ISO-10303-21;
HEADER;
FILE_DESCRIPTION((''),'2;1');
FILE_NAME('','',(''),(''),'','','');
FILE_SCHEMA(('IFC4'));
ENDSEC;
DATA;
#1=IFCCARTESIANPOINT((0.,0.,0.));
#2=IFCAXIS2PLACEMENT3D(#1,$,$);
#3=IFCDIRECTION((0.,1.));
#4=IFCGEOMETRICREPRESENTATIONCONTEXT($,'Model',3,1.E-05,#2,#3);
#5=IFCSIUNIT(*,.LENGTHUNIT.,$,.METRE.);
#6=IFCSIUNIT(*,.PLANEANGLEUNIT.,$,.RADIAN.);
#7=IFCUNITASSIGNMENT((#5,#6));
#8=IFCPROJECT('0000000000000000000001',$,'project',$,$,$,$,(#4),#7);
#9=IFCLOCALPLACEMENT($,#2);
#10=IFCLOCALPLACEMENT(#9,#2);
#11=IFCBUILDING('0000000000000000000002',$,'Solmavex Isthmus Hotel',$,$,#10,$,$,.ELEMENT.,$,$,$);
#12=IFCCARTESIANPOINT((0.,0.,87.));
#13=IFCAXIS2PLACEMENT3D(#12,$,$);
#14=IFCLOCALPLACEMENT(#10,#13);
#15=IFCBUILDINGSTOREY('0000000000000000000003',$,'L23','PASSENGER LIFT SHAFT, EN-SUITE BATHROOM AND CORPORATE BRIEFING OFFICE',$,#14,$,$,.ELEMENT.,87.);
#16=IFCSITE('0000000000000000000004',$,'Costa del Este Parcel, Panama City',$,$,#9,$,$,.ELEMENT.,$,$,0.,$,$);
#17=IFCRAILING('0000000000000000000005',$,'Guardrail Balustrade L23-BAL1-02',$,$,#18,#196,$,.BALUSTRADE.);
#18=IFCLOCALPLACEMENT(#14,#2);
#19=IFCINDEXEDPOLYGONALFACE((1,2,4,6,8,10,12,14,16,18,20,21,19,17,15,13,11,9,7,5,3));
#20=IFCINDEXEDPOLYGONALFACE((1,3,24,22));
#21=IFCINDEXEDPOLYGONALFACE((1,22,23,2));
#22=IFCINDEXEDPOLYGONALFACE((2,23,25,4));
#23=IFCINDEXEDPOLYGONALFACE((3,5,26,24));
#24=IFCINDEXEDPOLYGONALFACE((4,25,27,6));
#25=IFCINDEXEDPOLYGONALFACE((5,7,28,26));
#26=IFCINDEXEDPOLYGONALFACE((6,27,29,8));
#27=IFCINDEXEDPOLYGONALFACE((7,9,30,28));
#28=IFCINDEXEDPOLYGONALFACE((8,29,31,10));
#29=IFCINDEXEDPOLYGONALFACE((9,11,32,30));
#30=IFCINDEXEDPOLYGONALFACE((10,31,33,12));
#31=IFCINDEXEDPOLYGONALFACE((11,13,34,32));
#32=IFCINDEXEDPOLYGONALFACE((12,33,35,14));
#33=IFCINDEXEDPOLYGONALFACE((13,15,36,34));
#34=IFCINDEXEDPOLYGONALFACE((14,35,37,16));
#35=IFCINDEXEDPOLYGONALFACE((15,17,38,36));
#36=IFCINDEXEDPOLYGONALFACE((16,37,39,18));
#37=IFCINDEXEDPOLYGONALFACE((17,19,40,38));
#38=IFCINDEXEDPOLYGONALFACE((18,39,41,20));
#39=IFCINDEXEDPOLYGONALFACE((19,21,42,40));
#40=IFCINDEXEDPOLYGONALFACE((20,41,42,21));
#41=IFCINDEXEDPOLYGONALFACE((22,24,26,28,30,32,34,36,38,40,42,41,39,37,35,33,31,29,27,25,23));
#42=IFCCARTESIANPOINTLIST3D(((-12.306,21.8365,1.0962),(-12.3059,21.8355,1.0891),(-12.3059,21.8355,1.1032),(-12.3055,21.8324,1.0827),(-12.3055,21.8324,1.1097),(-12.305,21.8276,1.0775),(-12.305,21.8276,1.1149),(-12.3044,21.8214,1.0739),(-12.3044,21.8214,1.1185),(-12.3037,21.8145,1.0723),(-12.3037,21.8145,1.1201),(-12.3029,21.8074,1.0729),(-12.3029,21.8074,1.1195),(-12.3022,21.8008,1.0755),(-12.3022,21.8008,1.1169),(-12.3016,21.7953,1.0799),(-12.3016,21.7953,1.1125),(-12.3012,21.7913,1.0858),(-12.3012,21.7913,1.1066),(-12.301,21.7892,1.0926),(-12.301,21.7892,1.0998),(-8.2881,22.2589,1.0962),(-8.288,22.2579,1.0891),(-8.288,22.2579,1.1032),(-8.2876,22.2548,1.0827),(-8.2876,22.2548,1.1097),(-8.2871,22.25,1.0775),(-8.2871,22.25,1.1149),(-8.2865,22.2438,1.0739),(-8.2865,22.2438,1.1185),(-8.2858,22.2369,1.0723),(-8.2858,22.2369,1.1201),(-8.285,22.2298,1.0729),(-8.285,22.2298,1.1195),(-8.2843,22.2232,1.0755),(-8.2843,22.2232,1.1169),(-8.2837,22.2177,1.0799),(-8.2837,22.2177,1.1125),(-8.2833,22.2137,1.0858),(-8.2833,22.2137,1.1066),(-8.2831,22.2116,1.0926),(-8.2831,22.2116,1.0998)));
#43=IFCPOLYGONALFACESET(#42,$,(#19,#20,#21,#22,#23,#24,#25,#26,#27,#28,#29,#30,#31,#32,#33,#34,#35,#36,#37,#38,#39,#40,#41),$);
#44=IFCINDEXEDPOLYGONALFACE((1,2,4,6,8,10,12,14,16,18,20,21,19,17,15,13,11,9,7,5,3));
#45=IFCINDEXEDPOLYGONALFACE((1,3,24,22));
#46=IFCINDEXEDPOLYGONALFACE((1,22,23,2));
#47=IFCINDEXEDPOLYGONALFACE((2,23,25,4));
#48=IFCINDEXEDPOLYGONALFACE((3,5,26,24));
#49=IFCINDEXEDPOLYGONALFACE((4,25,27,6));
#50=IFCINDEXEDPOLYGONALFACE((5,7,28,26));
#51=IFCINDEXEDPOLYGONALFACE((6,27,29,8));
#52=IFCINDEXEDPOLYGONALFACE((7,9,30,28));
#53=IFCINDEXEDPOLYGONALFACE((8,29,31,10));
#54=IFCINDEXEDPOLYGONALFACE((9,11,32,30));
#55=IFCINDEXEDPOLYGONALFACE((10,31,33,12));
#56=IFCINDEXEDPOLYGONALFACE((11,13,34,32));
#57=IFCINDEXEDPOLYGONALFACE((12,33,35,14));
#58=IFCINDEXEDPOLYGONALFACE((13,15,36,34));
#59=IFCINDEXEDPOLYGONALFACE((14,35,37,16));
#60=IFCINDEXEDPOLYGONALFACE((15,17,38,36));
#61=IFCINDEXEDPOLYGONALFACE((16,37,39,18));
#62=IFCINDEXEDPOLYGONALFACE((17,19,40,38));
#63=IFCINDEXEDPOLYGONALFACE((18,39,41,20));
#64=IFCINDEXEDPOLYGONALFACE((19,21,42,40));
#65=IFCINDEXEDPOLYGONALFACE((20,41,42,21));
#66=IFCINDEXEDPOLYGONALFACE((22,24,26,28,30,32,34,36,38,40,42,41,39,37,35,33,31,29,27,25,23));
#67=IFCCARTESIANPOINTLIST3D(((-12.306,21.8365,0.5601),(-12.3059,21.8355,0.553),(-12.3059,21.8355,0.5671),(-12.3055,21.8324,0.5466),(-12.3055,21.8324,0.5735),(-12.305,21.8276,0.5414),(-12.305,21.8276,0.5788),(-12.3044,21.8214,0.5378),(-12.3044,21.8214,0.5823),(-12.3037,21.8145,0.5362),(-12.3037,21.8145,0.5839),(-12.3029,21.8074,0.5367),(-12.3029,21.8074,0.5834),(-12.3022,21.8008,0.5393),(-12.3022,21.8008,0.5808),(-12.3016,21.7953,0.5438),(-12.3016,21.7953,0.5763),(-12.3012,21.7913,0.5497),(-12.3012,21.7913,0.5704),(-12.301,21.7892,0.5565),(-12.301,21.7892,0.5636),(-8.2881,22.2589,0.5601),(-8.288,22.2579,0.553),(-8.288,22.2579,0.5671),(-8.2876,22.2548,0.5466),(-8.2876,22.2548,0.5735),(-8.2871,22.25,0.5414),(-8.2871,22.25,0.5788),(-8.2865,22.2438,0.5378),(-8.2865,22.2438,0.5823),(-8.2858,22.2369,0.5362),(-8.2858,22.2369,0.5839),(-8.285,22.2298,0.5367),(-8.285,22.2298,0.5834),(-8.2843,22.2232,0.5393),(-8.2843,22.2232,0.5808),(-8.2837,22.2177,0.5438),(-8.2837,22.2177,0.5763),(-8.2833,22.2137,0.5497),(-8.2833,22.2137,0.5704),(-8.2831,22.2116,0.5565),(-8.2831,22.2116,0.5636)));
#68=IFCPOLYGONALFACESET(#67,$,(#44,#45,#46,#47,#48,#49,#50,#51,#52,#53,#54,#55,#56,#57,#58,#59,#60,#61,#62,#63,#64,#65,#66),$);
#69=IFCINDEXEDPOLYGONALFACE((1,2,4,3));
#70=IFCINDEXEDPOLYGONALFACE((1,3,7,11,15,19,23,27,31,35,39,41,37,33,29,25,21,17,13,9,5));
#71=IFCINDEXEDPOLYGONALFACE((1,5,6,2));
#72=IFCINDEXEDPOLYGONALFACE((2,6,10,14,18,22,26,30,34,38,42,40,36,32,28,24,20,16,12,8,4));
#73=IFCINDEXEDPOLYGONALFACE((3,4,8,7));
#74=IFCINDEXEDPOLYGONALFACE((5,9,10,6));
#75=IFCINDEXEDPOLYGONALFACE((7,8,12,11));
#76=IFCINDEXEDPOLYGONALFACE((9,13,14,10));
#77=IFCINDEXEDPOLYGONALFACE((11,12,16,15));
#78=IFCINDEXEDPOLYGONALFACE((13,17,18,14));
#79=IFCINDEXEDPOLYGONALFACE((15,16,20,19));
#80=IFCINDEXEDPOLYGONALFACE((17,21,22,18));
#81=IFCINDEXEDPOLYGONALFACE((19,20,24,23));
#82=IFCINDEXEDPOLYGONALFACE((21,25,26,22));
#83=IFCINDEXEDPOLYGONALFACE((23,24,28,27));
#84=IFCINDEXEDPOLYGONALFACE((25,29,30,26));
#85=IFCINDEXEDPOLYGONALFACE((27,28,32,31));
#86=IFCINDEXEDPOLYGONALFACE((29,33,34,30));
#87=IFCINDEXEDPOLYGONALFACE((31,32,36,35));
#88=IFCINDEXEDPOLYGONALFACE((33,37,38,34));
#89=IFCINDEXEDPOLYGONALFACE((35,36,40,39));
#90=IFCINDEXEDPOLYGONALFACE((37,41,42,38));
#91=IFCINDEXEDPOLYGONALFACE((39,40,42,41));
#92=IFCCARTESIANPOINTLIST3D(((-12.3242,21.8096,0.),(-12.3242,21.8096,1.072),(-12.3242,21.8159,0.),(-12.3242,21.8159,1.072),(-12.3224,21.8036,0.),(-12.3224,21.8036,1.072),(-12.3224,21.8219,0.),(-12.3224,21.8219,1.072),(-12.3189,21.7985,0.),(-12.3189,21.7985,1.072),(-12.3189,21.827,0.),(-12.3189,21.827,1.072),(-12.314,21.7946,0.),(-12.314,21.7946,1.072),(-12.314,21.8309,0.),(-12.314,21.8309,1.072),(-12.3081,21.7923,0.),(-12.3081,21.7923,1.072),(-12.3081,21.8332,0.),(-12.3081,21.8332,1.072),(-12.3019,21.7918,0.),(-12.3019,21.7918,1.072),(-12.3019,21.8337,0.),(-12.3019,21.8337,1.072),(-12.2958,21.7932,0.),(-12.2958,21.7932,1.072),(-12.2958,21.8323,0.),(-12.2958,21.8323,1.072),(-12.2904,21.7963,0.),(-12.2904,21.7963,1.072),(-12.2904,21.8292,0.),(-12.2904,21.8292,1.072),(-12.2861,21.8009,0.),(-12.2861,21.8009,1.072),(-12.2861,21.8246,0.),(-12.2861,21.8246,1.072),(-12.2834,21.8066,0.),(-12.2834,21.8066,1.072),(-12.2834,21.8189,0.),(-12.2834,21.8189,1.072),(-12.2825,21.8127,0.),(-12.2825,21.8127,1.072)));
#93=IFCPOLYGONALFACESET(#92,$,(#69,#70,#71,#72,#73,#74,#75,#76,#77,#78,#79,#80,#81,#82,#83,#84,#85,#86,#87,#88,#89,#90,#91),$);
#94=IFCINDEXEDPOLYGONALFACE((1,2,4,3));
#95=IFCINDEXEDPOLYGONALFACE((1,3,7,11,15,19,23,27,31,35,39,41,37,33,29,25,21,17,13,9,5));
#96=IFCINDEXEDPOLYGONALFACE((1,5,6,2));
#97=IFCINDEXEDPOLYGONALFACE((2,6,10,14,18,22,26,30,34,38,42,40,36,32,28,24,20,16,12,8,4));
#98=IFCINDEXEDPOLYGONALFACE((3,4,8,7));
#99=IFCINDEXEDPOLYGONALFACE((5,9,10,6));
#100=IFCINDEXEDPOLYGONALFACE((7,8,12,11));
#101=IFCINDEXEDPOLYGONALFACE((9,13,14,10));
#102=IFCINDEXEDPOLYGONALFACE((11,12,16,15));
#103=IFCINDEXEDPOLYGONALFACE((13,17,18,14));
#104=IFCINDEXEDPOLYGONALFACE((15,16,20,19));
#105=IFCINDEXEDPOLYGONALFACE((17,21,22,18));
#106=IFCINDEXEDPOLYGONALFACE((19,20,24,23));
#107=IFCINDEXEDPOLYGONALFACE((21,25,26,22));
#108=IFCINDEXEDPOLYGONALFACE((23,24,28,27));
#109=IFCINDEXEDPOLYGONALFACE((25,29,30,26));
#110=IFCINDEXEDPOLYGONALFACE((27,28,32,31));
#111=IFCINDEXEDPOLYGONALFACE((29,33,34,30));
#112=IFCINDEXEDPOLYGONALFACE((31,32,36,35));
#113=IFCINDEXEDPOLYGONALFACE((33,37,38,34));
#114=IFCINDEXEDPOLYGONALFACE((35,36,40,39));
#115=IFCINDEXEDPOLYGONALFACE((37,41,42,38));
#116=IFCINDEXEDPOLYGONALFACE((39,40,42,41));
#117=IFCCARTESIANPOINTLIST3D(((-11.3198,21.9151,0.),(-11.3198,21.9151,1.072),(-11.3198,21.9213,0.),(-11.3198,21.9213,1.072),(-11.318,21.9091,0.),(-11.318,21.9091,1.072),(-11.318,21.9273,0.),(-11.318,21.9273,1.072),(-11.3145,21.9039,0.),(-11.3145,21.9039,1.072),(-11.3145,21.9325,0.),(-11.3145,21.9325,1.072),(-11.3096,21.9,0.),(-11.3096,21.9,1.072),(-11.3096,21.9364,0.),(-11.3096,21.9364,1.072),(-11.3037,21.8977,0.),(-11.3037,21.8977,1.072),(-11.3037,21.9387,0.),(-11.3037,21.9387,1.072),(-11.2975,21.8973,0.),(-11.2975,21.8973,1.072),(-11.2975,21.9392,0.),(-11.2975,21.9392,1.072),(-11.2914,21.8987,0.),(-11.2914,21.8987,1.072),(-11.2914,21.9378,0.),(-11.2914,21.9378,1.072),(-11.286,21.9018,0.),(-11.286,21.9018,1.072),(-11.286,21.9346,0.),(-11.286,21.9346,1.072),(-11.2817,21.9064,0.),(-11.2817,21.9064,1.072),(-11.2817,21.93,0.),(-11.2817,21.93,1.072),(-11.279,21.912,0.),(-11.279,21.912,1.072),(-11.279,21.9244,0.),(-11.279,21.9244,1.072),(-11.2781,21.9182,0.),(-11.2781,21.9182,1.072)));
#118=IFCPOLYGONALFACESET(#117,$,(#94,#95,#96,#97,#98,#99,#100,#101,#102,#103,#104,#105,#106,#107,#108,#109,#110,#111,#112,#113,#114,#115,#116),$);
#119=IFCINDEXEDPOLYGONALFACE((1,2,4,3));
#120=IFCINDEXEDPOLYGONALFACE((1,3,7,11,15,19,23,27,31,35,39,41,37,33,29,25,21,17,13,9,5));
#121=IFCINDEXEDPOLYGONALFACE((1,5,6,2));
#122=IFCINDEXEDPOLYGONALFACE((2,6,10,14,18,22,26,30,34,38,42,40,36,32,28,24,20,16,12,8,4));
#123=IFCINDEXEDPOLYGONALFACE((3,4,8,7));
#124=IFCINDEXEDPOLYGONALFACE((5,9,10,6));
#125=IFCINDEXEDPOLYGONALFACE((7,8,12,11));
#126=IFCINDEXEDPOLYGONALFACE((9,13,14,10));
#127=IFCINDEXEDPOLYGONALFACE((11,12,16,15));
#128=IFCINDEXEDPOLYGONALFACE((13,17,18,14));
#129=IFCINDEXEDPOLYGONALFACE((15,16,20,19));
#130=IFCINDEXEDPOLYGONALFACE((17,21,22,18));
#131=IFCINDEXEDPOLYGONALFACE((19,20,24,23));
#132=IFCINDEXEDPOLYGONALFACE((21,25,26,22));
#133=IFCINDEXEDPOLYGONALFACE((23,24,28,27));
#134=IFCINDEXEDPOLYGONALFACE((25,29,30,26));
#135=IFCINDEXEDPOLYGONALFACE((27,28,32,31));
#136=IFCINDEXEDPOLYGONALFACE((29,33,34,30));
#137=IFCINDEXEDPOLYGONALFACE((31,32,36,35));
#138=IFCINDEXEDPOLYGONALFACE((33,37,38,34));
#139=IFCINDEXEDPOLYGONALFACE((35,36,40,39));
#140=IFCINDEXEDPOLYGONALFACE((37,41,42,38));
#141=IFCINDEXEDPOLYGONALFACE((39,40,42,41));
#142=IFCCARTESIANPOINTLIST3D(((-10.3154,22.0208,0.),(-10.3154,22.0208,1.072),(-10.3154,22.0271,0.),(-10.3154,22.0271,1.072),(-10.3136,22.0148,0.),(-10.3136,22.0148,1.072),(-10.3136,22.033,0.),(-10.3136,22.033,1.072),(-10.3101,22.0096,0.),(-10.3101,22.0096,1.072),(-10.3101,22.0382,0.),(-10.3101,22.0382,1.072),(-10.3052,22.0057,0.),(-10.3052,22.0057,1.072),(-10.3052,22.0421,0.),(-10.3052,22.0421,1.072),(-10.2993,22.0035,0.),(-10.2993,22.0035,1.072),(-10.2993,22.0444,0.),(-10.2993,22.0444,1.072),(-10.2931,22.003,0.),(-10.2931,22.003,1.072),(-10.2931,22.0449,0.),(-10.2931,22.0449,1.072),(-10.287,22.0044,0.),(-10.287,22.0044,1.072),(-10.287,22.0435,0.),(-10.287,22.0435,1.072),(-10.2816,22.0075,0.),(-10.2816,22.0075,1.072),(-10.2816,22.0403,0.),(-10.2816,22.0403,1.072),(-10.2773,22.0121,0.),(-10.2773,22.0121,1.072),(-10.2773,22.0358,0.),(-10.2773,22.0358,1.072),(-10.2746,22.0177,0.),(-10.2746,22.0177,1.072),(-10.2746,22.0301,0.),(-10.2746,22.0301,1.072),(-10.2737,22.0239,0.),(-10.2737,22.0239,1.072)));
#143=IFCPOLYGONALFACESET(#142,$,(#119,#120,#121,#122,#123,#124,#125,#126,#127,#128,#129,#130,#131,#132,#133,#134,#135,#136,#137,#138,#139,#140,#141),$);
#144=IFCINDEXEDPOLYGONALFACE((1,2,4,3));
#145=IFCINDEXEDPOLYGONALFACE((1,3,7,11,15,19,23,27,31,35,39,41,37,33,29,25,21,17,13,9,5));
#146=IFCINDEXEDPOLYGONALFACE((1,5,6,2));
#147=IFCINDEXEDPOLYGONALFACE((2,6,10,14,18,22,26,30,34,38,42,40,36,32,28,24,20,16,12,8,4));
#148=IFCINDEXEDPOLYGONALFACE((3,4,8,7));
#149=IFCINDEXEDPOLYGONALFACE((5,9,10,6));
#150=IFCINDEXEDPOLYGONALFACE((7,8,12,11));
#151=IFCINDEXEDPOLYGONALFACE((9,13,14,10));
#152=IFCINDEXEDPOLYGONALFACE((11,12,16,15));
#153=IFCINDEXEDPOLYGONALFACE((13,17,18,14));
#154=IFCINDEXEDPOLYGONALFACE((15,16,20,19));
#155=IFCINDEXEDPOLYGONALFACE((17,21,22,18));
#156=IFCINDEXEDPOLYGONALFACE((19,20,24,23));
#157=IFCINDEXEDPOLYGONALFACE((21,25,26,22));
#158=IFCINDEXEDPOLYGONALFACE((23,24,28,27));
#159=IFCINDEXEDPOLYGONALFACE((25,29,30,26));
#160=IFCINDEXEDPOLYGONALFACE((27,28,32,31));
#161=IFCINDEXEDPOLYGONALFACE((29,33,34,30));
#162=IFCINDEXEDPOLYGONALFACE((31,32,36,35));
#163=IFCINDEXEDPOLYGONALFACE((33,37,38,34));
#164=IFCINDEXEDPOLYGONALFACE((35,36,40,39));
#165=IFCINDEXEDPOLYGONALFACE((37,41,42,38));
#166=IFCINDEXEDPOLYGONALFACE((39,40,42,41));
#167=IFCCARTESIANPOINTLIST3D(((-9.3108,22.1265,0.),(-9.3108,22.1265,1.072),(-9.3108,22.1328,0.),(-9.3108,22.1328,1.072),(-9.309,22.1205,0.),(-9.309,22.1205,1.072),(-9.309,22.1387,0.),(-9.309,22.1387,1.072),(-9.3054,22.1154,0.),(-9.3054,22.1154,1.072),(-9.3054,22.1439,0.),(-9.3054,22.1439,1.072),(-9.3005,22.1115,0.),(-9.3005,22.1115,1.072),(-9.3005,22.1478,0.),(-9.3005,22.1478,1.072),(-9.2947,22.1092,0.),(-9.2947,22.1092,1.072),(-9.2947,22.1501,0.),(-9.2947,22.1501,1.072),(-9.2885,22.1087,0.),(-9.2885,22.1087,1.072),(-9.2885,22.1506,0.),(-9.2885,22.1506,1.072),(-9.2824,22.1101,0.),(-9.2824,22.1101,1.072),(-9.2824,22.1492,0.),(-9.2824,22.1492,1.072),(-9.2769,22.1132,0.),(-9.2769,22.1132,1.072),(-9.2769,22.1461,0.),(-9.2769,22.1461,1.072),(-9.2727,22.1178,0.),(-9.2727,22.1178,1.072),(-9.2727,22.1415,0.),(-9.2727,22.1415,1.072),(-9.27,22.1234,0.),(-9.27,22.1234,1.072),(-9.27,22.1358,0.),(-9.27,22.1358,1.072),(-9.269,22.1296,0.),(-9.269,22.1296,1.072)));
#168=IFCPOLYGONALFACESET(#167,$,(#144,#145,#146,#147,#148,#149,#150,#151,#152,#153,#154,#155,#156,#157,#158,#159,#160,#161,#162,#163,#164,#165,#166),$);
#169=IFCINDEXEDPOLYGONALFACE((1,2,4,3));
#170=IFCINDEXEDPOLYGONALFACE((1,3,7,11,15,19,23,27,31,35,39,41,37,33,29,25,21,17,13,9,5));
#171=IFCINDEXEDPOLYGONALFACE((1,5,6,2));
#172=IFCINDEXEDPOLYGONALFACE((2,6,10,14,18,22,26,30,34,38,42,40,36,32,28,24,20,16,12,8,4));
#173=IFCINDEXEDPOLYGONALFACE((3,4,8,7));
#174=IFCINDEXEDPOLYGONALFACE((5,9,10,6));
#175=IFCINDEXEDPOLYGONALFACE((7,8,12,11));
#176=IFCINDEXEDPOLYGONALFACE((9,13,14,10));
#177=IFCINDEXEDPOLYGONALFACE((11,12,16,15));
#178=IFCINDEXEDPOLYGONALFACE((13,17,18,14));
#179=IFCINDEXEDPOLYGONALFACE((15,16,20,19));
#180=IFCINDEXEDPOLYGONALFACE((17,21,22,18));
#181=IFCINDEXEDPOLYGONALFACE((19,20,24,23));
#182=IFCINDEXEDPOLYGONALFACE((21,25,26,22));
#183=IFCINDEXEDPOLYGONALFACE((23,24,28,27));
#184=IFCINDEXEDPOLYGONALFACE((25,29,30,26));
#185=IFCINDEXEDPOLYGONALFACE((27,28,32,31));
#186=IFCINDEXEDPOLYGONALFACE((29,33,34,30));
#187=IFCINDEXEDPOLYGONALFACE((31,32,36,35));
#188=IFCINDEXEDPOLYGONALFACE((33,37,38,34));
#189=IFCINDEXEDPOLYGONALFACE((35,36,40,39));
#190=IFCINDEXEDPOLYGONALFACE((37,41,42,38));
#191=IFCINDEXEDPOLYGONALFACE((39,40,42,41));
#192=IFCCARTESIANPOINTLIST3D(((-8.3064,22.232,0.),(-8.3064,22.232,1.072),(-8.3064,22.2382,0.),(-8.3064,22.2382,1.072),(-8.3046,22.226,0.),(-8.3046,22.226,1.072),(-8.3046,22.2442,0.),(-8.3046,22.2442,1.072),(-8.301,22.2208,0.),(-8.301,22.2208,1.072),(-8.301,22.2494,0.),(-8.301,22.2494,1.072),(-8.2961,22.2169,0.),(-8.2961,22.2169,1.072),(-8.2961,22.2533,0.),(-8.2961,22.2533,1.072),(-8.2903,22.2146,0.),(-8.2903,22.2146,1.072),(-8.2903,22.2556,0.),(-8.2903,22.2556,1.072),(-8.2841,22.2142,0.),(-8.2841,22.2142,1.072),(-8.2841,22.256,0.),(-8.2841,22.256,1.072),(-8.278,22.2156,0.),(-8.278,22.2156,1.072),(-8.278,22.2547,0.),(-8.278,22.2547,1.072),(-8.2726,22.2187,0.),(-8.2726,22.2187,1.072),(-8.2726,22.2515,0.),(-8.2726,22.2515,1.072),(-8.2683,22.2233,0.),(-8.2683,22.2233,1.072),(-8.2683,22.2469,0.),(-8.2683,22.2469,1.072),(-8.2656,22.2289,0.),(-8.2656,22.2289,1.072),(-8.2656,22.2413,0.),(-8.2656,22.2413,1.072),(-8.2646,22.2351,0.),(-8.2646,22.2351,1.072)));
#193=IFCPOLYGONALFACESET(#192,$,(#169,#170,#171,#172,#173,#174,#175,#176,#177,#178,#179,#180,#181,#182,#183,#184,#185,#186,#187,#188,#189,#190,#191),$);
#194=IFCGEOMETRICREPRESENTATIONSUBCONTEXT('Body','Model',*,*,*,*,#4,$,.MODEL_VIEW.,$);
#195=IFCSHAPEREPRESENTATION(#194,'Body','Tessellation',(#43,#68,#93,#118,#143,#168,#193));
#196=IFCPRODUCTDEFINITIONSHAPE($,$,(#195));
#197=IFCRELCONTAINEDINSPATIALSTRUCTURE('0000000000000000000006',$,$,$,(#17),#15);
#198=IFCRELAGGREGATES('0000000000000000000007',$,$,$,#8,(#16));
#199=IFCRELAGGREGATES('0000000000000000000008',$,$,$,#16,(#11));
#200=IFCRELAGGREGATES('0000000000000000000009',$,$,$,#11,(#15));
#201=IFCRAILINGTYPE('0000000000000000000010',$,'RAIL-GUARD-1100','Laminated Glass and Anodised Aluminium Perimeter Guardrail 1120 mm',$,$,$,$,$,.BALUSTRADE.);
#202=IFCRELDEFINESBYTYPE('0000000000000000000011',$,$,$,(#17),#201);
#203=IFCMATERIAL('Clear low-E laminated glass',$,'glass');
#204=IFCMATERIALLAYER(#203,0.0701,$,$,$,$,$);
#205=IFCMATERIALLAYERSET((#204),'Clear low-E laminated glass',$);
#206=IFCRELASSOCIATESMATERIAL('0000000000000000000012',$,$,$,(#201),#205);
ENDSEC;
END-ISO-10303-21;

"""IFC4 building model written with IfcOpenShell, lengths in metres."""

from ifc_helpers import new_model, si_unit, direction, frame, origin, origin_2d, place, context, subcontext, project, spatial, circle, extrude, material, layer, layer_set, type_object, element, save


model = new_model("IFC4")

# Units and contexts
model_context = context("Model", 3, precision=1e-05, world=origin(), true_north=direction((0.0, 1.0)))
body_context = subcontext(model_context, "Body", "Model", "MODEL_VIEW")
ifc_project = project(units=[si_unit("LENGTHUNIT", "METRE"), si_unit("PLANEANGLEUNIT", "RADIAN")], contexts=[model_context])

# Site, building, storey
site_placement = place(None, origin())
site = spatial("IfcSite", under=ifc_project, at=site_placement, Name="Costa del Este Parcel, Panama City", CompositionType="ELEMENT", RefElevation=0.0)
building_placement = place(site_placement, origin())
building = spatial("IfcBuilding", under=site, at=building_placement, Name="Solmavex Isthmus Hotel", CompositionType="ELEMENT")
storey_placement = place(building_placement, frame((0.0, 0.0, 87.0)))
storey = spatial("IfcBuildingStorey", under=building, at=storey_placement, Name="L23", Description="PASSENGER LIFT SHAFT, EN-SUITE BATHROOM AND CORPORATE BRIEFING OFFICE", CompositionType="ELEMENT", Elevation=87.0)

# Shared definitions
ifc_material_1 = material(Name="Clear low-E laminated glass", Category="glass")

# Railing
ifc_layer_1 = layer(ifc_material_1, 0.0701)
ifc_layer_set_1 = layer_set([ifc_layer_1], Name="Clear low-E laminated glass")
railing_type = type_object("IfcRailingType", Name="RAIL-GUARD-1100", Description="Laminated Glass and Anodised Aluminium Perimeter Guardrail 1120 mm", PredefinedType="BALUSTRADE", material=ifc_layer_set_1)
railing_1_placement = place(storey_placement, frame((-12.3035, 21.8127, 0.0)))
element("IfcRailing", 1, at=railing_1_placement, inside=storey, type_object=railing_type, Name="Guardrail Balustrade L23-BAL1-02", PredefinedType="BALUSTRADE", context=body_context, shape_type="SweptSolid", body=[
    extrude(circle(Radius=0.0239, at=origin_2d()), frame((0.0, 0.0, 1.0962), z_axis=(0.99452, 0.104546, 0.0), x_axis=(-0.104546, 0.99452, 0.0)), (0.0, 0.0, 1.0), 4.04),
    extrude(circle(Radius=0.0239, at=origin_2d()), frame((0.0, 0.0, 0.5601), z_axis=(0.99452, 0.104546, 0.0), x_axis=(-0.104546, 0.99452, 0.0)), (0.0, 0.0, 1.0), 4.04),
    extrude(circle(Radius=0.021, at=origin_2d()), origin(), (0.0, 0.0, 1.0), 1.072),
    extrude(circle(Radius=0.021, at=origin_2d()), frame((1.0044, 0.1055, 0.0)), (0.0, 0.0, 1.0), 1.072),
    extrude(circle(Radius=0.021, at=origin_2d()), frame((2.0088, 0.2112, 0.0)), (0.0, 0.0, 1.0), 1.072),
    extrude(circle(Radius=0.021, at=origin_2d()), frame((3.0134, 0.3169, 0.0)), (0.0, 0.0, 1.0), 1.072),
    extrude(circle(Radius=0.021, at=origin_2d()), frame((4.0178, 0.4224, 0.0)), (0.0, 0.0, 1.0), 1.072),
])

save(model, "model.ifc")
